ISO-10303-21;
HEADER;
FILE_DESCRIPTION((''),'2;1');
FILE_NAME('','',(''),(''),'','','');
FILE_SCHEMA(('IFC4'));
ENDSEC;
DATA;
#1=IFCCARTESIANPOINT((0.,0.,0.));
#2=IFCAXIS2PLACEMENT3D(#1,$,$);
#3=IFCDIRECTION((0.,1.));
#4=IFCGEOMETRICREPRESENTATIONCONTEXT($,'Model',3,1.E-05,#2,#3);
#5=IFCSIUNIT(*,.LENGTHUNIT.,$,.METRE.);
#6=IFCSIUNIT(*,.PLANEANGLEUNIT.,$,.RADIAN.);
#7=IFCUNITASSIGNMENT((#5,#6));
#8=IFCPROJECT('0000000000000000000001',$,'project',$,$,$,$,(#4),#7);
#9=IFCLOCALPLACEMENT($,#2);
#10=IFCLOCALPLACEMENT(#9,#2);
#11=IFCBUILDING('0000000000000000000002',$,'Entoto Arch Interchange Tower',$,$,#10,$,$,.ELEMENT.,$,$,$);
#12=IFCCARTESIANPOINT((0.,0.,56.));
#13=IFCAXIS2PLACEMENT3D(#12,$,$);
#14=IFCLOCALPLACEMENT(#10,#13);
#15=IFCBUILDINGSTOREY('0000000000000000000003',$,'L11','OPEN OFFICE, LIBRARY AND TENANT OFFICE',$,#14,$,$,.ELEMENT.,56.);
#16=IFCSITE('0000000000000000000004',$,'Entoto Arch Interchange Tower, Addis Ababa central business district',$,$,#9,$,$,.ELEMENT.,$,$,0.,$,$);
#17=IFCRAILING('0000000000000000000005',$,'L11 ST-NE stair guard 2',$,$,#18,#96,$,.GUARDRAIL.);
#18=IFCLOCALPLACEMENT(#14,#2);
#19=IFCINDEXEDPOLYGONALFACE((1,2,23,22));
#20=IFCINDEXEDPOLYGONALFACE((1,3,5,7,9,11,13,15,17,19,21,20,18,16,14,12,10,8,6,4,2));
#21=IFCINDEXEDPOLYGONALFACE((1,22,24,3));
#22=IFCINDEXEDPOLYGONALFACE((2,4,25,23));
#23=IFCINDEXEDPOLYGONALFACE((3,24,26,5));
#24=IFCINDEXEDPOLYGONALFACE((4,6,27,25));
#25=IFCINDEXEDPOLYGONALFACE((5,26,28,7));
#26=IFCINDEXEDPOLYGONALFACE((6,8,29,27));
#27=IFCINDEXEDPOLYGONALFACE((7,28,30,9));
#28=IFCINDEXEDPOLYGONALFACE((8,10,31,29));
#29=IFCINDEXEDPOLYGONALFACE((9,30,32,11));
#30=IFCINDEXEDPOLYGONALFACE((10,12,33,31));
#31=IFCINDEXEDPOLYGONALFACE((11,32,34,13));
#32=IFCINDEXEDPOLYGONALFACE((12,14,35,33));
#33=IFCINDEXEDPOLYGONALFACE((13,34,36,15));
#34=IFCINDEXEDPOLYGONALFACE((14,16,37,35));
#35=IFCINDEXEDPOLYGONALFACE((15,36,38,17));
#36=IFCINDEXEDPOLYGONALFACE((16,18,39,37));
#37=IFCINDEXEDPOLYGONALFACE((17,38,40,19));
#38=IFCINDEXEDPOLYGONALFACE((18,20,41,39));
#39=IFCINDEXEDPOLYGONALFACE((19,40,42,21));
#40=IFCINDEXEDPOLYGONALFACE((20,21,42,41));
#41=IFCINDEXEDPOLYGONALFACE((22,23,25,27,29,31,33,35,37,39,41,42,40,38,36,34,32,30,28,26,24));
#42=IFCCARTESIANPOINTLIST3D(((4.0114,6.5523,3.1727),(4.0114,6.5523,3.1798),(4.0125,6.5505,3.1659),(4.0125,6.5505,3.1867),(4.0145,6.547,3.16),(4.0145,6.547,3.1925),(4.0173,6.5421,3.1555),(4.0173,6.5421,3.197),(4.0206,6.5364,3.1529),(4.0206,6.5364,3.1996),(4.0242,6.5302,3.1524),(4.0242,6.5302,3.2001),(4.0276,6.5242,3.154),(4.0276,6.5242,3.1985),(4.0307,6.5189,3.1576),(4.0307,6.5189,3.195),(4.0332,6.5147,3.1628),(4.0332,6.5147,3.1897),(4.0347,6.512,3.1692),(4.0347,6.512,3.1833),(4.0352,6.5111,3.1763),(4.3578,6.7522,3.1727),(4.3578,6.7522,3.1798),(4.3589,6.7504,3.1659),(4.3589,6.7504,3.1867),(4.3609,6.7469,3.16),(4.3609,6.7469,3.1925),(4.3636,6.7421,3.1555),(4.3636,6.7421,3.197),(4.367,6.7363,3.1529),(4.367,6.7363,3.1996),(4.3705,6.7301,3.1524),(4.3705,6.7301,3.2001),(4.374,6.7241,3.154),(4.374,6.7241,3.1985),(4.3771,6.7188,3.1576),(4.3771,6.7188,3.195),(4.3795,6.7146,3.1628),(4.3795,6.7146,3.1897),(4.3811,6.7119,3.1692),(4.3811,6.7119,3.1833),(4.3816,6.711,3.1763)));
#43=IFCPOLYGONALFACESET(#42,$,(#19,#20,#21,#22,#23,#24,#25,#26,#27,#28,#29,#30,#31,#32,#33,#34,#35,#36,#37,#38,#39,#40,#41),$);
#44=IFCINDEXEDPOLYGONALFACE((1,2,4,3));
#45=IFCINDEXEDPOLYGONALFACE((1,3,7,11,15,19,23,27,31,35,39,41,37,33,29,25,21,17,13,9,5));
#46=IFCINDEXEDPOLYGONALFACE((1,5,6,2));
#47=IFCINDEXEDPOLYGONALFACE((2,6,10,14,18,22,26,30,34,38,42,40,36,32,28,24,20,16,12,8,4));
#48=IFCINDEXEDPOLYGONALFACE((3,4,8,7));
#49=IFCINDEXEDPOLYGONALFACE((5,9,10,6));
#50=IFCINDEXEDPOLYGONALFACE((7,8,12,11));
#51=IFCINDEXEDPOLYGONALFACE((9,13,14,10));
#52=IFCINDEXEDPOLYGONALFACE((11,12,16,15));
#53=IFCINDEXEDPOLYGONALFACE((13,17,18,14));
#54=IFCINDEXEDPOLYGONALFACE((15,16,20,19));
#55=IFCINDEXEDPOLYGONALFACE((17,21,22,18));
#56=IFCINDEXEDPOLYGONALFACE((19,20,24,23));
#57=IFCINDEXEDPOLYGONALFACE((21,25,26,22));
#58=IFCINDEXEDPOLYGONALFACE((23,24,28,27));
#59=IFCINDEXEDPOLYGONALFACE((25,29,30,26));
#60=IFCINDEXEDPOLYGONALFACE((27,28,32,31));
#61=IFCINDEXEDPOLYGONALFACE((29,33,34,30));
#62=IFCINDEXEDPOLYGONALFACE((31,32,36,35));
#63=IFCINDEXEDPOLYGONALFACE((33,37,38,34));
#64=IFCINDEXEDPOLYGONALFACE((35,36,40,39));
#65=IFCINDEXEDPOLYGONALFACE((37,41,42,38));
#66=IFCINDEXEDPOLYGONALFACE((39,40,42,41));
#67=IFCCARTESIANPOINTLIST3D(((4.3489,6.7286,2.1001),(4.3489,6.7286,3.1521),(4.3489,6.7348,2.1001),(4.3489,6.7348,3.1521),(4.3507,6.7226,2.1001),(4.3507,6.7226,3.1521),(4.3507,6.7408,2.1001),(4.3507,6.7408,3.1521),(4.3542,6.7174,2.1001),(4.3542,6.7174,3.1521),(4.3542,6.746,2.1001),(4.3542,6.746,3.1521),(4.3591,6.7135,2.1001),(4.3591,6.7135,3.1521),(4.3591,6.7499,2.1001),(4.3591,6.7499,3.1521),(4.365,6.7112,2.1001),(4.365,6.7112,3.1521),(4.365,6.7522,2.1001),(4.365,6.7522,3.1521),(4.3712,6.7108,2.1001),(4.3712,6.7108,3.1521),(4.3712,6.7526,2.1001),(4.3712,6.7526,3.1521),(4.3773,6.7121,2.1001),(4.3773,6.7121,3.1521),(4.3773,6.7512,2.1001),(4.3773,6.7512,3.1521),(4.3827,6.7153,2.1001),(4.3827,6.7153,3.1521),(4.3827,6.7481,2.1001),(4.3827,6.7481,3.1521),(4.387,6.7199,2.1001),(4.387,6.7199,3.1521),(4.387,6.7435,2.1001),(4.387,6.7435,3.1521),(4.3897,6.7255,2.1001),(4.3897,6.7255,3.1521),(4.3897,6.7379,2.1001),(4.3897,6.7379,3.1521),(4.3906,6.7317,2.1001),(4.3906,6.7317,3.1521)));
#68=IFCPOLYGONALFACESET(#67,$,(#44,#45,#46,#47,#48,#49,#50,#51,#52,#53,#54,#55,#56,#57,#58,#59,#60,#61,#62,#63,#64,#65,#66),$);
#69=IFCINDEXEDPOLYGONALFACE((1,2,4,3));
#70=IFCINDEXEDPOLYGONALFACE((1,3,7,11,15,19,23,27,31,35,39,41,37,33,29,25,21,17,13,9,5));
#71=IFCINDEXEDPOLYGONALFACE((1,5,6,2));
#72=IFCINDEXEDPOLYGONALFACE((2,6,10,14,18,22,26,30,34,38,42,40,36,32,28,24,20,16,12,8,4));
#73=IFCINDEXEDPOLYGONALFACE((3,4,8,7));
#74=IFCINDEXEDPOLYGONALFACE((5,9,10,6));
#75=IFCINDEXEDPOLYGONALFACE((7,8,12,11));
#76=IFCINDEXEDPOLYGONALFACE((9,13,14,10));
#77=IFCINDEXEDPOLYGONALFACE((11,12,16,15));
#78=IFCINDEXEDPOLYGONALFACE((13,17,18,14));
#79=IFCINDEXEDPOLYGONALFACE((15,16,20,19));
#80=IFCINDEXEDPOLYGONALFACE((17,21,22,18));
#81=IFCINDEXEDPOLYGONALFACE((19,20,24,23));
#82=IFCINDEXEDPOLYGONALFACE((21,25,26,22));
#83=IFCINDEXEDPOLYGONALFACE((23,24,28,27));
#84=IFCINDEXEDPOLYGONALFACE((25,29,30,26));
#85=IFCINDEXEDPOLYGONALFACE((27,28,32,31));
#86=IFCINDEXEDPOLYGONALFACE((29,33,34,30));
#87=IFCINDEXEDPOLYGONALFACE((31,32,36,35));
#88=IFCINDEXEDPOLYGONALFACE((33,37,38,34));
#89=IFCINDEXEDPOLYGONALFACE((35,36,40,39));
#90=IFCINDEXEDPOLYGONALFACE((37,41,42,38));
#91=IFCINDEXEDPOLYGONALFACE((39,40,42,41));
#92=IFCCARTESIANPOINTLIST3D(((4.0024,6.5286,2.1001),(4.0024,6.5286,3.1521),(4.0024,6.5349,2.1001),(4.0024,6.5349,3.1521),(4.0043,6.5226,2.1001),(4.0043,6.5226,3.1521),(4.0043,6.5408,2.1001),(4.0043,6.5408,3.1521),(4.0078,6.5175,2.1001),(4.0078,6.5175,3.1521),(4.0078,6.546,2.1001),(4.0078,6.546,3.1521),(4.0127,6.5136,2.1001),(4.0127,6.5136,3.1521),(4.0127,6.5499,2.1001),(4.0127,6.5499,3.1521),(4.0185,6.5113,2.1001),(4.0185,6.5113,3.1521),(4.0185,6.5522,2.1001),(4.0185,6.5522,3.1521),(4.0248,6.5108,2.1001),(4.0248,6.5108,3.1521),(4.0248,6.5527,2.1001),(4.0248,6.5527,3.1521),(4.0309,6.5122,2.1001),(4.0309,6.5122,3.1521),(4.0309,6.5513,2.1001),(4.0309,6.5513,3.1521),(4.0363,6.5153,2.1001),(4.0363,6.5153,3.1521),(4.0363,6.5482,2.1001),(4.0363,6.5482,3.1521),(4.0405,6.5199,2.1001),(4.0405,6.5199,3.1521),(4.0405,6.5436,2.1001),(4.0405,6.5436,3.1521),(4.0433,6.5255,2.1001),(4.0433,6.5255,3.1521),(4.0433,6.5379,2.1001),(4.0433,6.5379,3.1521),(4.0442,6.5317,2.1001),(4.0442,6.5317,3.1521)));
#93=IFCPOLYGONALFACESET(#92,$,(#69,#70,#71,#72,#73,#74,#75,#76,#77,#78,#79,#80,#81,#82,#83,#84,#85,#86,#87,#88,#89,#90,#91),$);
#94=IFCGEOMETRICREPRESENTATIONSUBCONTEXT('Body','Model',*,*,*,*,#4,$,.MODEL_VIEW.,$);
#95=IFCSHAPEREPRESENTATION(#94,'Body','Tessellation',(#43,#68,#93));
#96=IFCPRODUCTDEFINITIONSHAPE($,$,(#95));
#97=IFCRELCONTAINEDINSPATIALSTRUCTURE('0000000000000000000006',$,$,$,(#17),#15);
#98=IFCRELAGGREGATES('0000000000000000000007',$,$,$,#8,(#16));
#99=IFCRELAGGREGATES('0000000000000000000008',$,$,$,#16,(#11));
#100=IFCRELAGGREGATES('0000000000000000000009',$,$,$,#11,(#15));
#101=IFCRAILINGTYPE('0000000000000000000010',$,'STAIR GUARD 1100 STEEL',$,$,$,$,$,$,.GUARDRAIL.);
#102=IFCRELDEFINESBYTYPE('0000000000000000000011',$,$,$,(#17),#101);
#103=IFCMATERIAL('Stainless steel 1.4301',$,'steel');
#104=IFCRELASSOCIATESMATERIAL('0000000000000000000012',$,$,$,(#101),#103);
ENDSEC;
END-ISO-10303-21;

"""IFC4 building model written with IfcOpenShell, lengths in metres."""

from ifc_helpers import new_model, si_unit, direction, frame, origin, origin_2d, place, context, subcontext, project, spatial, circle, extrude, material, type_object, element, save


model = new_model("IFC4")

# Units and contexts
model_context = context("Model", 3, precision=1e-05, world=origin(), true_north=direction((0.0, 1.0)))
body_context = subcontext(model_context, "Body", "Model", "MODEL_VIEW")
ifc_project = project(units=[si_unit("LENGTHUNIT", "METRE"), si_unit("PLANEANGLEUNIT", "RADIAN")], contexts=[model_context])

# Site, building, storey
site_placement = place(None, origin())
site = spatial("IfcSite", under=ifc_project, at=site_placement, Name="Entoto Arch Interchange Tower, Addis Ababa central business district", CompositionType="ELEMENT", RefElevation=0.0)
building_placement = place(site_placement, origin())
building = spatial("IfcBuilding", under=site, at=building_placement, Name="Entoto Arch Interchange Tower", CompositionType="ELEMENT")
storey_placement = place(building_placement, frame((0.0, 0.0, 56.0)))
storey = spatial("IfcBuildingStorey", under=building, at=storey_placement, Name="L11", Description="OPEN OFFICE, LIBRARY AND TENANT OFFICE", CompositionType="ELEMENT", Elevation=56.0)

# Railing
ifc_material_1 = material(Name="Stainless steel 1.4301", Category="steel")
railing_type_1 = type_object("IfcRailingType", Name="STAIR GUARD 1100 STEEL", PredefinedType="GUARDRAIL", material=ifc_material_1)
railing_1_placement = place(storey_placement, frame((4.3696, 6.7317, 2.1001)))
element("IfcRailing", 1, at=railing_1_placement, inside=storey, type_object=railing_type_1, Name="L11 ST-NE stair guard 2", PredefinedType="GUARDRAIL", context=body_context, shape_type="SweptSolid", body=[
    extrude(circle(Radius=0.0239, at=origin_2d()), frame((0.0, 0.0, 1.0762), z_axis=(-0.866094, -0.499881, 0.0), x_axis=(0.499881, -0.866094, 0.0)), (0.0, 0.0, 1.0), 0.3999),
    extrude(circle(Radius=0.021, at=origin_2d()), origin(), (0.0, 0.0, 1.0), 1.052),
    extrude(circle(Radius=0.021, at=origin_2d()), frame((-0.3464, -0.2, 0.0)), (0.0, 0.0, 1.0), 1.052),
])

save(model, "model.ifc")
